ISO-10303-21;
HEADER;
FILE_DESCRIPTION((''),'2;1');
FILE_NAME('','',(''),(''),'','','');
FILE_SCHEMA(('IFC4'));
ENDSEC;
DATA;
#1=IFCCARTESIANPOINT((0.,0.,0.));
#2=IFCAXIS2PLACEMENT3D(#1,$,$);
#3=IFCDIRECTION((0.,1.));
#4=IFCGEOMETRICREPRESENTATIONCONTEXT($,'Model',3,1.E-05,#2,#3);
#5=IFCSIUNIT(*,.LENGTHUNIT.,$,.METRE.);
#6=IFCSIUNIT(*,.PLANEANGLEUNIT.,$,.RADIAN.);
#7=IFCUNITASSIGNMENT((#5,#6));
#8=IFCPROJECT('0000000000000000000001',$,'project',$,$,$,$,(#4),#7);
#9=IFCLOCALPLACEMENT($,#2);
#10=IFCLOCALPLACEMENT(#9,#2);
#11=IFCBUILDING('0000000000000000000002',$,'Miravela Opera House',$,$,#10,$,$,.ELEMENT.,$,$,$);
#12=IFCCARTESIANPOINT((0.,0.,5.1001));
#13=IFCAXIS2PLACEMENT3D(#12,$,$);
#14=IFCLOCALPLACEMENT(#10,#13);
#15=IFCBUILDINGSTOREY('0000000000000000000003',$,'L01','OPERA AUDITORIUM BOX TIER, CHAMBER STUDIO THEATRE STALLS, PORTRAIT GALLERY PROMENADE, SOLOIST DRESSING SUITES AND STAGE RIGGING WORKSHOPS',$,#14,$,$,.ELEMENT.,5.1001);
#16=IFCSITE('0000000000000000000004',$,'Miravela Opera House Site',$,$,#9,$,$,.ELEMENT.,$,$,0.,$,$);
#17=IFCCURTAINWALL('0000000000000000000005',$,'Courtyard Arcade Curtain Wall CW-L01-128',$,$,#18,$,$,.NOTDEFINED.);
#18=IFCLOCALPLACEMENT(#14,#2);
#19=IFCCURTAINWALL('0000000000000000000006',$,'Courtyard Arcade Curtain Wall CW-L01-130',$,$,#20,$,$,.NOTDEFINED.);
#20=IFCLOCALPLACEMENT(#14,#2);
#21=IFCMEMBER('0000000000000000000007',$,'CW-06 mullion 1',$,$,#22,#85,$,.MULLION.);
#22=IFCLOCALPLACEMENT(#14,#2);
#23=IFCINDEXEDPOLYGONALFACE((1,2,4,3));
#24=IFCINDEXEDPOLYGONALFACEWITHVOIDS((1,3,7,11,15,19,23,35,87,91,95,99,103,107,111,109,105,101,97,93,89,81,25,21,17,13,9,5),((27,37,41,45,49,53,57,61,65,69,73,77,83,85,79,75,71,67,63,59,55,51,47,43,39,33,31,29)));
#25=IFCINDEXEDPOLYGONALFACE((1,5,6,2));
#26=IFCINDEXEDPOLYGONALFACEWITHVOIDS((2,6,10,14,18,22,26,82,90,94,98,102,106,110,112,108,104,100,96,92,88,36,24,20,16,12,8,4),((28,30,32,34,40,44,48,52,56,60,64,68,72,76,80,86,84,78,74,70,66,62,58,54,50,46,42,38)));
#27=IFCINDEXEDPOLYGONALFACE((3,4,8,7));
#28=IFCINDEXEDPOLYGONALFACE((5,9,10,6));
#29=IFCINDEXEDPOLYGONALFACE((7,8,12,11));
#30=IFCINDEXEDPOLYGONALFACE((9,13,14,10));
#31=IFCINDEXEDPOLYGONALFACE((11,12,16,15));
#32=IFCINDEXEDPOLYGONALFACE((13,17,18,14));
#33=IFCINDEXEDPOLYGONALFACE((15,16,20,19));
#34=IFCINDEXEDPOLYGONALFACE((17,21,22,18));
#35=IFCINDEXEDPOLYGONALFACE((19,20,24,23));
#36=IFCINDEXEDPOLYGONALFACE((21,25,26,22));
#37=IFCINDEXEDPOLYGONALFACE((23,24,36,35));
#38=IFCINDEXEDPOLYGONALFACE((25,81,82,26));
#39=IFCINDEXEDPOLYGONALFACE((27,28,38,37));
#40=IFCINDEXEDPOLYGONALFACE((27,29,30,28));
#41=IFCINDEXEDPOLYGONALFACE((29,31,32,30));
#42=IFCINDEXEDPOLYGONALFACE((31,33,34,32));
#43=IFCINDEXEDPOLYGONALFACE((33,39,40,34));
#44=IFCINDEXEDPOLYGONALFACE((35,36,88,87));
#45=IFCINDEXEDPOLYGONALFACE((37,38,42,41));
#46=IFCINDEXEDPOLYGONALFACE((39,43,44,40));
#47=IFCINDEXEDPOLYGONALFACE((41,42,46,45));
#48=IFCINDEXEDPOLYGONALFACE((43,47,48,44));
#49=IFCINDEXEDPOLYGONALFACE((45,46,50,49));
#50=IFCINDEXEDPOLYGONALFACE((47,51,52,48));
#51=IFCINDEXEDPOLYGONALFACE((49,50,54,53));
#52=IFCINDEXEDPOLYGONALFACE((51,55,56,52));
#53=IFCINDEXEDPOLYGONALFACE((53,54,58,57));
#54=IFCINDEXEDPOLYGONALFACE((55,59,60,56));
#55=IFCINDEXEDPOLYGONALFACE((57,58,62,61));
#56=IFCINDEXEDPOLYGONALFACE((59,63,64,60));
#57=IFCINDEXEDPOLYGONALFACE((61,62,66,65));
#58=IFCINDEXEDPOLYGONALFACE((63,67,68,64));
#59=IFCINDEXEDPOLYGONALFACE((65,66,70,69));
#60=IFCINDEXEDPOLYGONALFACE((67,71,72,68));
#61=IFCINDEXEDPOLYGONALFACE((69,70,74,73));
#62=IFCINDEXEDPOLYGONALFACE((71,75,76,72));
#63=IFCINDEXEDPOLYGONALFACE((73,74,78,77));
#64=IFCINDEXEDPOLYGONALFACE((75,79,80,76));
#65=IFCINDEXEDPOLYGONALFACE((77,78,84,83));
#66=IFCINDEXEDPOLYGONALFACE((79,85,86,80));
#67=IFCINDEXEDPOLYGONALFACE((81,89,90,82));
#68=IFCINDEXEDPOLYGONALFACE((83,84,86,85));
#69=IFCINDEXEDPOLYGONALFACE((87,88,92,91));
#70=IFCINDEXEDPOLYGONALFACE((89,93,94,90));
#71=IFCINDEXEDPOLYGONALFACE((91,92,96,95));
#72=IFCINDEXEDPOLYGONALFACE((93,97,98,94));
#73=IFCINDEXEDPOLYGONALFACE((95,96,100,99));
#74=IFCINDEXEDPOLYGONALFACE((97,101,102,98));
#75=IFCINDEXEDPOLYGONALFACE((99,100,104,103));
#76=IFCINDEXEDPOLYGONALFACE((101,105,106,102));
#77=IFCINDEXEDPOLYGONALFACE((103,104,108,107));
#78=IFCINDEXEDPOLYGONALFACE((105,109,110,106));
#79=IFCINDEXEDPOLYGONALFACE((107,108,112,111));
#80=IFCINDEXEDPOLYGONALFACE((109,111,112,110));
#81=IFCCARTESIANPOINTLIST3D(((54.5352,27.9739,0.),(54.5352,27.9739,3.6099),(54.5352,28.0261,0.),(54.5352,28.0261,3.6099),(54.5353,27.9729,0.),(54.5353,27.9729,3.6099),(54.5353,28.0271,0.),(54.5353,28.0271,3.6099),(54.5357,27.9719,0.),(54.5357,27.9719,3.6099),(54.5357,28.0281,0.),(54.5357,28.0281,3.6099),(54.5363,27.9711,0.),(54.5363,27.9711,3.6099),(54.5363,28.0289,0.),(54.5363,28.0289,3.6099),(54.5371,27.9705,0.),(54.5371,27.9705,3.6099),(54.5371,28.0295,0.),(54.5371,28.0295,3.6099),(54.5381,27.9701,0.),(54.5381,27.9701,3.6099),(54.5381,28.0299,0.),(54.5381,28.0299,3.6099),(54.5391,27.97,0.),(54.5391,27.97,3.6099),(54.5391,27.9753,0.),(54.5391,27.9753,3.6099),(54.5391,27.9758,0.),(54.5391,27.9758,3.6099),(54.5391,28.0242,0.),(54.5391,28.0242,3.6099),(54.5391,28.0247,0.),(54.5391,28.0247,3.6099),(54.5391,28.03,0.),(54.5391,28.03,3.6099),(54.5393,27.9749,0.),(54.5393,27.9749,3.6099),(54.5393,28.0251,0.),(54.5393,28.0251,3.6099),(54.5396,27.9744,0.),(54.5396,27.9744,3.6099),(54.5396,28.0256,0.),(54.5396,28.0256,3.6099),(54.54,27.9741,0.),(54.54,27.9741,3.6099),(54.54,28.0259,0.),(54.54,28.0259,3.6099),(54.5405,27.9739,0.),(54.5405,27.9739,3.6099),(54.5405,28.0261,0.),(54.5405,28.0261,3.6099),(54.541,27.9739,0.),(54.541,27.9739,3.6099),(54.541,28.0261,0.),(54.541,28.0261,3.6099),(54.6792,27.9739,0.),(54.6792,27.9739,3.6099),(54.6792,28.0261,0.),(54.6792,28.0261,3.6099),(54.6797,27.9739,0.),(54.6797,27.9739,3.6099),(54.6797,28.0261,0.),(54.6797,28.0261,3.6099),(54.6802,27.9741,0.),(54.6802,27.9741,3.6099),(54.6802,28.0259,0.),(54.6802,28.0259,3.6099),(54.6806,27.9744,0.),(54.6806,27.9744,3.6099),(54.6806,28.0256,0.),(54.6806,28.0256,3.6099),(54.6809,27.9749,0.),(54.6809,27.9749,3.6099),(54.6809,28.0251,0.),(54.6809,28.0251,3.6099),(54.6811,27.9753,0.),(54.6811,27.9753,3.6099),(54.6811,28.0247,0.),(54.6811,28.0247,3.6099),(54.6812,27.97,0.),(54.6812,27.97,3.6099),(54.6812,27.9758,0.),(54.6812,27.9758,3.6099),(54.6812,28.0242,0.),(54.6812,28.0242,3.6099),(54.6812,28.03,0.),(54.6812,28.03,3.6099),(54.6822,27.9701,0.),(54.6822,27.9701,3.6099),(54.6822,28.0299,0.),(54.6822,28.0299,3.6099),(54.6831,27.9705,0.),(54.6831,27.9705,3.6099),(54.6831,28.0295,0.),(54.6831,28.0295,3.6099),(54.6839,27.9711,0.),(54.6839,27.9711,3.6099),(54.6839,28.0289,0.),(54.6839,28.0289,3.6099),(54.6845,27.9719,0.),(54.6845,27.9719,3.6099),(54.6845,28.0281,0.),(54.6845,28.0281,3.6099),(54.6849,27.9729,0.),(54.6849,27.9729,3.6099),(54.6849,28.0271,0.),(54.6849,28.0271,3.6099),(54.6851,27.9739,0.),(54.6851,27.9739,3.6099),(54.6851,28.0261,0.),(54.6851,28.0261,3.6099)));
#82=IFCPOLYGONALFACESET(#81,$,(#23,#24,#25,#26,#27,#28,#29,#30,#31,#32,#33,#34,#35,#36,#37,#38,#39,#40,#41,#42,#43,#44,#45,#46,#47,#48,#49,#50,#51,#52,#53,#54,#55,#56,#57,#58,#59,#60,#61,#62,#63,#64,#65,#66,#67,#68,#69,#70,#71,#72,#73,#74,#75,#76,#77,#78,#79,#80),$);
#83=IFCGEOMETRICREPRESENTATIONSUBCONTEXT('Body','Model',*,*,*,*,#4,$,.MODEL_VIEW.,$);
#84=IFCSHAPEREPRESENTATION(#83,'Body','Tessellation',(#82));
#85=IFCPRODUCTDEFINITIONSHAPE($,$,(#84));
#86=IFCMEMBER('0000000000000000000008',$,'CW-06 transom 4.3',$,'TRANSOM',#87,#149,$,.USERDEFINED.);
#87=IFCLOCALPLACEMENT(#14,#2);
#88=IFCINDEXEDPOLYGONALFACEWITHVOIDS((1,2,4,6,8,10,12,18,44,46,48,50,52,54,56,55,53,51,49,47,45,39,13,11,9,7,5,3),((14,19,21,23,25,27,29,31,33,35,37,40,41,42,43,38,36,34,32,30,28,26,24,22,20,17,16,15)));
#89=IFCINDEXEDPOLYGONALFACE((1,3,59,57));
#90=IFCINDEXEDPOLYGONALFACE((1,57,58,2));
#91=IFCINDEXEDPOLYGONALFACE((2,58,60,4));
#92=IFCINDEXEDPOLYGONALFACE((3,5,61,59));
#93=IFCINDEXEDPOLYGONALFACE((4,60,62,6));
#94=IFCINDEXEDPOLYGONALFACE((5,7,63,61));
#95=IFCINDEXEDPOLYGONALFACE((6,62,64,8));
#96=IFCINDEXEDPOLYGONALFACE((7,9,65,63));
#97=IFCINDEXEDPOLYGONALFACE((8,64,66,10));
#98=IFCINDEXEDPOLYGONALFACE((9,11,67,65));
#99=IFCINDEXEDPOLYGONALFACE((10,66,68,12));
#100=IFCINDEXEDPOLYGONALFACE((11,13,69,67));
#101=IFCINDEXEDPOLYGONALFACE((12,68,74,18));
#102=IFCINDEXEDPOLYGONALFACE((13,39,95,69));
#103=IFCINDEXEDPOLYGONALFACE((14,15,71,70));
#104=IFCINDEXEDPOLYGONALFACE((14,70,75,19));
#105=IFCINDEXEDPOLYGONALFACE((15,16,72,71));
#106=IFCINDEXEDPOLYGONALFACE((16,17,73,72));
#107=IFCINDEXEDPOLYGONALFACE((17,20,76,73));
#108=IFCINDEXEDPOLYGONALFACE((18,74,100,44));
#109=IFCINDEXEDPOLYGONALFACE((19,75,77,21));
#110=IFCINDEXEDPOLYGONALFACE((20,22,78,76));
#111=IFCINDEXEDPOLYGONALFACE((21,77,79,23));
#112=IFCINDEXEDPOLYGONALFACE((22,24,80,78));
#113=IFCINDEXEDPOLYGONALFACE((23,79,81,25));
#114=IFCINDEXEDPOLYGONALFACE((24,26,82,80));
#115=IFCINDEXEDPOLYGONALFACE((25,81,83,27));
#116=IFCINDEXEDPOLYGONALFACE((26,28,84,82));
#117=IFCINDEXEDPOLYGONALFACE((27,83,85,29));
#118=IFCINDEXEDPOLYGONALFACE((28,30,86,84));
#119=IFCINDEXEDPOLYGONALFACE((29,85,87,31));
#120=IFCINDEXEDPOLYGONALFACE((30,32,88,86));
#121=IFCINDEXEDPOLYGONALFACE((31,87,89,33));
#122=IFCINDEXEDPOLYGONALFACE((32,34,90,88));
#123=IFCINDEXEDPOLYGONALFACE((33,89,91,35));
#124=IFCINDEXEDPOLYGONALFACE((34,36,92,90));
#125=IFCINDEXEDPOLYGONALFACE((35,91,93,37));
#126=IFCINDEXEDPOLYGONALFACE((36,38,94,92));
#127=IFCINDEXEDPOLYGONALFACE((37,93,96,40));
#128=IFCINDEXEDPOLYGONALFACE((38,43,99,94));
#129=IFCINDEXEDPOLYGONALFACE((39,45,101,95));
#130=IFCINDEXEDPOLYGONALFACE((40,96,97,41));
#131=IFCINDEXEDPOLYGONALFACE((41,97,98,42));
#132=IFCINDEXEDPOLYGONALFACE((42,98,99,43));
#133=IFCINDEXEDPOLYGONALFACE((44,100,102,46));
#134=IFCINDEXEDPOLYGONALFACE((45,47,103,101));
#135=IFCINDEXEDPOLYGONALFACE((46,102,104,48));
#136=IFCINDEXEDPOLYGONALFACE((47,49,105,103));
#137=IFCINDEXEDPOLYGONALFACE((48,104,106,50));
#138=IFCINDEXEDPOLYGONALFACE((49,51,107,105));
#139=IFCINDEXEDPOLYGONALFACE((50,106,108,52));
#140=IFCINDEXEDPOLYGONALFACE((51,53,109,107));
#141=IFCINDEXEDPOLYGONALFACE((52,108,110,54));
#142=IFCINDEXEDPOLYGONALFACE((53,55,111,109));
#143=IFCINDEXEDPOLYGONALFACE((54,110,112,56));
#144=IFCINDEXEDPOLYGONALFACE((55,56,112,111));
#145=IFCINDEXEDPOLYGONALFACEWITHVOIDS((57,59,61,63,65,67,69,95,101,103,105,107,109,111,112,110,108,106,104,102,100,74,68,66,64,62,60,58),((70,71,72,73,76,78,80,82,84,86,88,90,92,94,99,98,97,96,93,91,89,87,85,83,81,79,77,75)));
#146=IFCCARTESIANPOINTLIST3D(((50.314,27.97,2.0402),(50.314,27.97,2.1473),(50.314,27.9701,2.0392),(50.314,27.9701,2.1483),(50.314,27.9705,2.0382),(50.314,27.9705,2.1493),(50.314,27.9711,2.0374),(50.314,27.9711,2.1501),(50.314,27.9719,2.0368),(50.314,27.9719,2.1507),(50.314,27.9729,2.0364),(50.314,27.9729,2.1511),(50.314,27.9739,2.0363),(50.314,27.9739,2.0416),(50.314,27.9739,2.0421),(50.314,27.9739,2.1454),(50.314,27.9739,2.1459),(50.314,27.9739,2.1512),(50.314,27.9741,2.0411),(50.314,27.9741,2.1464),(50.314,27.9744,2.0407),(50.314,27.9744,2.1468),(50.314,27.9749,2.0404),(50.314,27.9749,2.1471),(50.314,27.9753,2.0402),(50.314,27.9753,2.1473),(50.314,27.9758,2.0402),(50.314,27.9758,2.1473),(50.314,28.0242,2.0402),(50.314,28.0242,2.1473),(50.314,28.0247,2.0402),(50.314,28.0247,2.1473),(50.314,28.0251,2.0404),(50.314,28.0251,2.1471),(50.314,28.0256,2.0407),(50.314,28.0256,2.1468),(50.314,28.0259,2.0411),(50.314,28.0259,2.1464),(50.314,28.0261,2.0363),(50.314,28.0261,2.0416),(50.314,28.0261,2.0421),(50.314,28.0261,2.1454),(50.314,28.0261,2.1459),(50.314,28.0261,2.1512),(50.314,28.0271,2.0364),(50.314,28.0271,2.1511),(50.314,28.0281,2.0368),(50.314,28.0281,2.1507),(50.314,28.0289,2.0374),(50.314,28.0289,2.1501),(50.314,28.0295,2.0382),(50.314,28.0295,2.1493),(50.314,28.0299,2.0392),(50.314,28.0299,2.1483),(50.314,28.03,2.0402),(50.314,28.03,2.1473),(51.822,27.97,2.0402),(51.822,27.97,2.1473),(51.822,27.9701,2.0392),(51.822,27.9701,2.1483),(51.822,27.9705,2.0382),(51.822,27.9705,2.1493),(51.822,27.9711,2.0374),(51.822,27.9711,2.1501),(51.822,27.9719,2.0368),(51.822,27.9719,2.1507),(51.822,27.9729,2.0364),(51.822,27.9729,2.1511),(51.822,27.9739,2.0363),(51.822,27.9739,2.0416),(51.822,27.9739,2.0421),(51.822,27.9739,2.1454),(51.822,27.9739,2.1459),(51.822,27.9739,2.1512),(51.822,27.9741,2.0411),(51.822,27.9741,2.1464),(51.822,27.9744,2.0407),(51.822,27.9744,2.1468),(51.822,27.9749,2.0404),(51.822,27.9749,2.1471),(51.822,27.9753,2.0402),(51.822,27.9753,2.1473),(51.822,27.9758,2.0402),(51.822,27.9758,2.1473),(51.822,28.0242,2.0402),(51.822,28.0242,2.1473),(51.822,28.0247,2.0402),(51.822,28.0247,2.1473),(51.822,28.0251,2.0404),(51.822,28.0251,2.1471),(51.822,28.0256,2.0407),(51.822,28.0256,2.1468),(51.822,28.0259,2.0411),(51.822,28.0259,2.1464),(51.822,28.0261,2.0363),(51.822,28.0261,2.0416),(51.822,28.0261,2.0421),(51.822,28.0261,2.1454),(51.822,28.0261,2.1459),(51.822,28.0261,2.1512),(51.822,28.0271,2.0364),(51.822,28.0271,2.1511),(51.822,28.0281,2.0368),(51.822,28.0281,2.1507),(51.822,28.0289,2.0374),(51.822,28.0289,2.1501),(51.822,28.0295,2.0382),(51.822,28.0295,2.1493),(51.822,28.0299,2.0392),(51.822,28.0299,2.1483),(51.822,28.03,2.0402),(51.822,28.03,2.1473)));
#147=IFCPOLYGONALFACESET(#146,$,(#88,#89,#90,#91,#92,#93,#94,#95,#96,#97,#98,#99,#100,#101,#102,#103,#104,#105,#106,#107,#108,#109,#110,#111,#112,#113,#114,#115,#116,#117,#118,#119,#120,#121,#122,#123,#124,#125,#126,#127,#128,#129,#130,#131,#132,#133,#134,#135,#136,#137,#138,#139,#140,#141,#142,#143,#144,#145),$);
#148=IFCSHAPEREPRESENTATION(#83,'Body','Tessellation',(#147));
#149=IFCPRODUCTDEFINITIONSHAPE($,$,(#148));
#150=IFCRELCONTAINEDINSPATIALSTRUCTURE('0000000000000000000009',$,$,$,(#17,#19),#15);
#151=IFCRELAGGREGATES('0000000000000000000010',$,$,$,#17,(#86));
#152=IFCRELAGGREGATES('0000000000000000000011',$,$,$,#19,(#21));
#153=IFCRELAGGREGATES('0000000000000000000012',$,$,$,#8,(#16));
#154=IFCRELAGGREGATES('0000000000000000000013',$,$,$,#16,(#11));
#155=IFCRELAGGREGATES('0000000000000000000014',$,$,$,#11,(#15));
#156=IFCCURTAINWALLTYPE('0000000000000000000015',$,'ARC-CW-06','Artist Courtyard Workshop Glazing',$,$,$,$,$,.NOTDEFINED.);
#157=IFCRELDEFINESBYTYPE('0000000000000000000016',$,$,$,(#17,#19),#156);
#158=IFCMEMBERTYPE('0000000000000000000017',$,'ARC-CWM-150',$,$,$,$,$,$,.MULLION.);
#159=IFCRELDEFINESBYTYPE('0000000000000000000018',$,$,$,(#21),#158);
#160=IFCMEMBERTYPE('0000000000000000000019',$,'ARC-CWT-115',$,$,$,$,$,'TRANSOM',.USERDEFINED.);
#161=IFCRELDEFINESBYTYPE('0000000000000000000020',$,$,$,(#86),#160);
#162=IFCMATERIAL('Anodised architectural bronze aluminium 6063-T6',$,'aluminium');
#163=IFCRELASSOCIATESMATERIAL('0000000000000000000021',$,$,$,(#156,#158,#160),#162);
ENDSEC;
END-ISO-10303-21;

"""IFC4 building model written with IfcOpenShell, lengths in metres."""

from ifc_helpers import new_model, si_unit, direction, frame, origin, origin_2d, place, context, subcontext, project, spatial, hollow_rectangle, extrude, material, material_profile, profile_set, type_object, element, aggregate, save


model = new_model("IFC4")

# Units and contexts
model_context = context("Model", 3, precision=1e-05, world=origin(), true_north=direction((0.0, 1.0)))
body_context = subcontext(model_context, "Body", "Model", "MODEL_VIEW")
ifc_project = project(units=[si_unit("LENGTHUNIT", "METRE"), si_unit("PLANEANGLEUNIT", "RADIAN")], contexts=[model_context])

# Site, building, storey
site_placement = place(None, origin())
site = spatial("IfcSite", under=ifc_project, at=site_placement, Name="Miravela Opera House Site", CompositionType="ELEMENT", RefElevation=0.0)
building_placement = place(site_placement, origin())
building = spatial("IfcBuilding", under=site, at=building_placement, Name="Miravela Opera House", CompositionType="ELEMENT")
storey_placement = place(building_placement, frame((0.0, 0.0, 5.1001)))
storey = spatial("IfcBuildingStorey", under=building, at=storey_placement, Name="L01", Description="OPERA AUDITORIUM BOX TIER, CHAMBER STUDIO THEATRE STALLS, PORTRAIT GALLERY PROMENADE, SOLOIST DRESSING SUITES AND STAGE RIGGING WORKSHOPS", CompositionType="ELEMENT", Elevation=5.1001)

# Curtain wall
ifc_material_1 = material(Name="Anodised architectural bronze aluminium 6063-T6", Category="aluminium")
curtain_wall_type = type_object("IfcCurtainWallType", Name="ARC-CW-06", Description="Artist Courtyard Workshop Glazing", PredefinedType="NOTDEFINED", material=ifc_material_1)
curtain_wall_1_placement = place(storey_placement, origin())
curtain_wall_1 = element("IfcCurtainWall", 1, at=curtain_wall_1_placement, inside=storey, type_object=curtain_wall_type, Name="Courtyard Arcade Curtain Wall CW-L01-128", PredefinedType="NOTDEFINED")
ifc_material_profile_1 = material_profile(ifc_material_1, hollow_rectangle(XDim=0.0601, YDim=0.1499, WallThickness=0.0039, InnerFilletRadius=0.002, OuterFilletRadius=0.0039, at=origin_2d()), Name="CWM-60X150")
ifc_profile_set_1 = profile_set([ifc_material_profile_1])
member_type_1 = type_object("IfcMemberType", Name="ARC-CWM-150", PredefinedType="MULLION", material=ifc_profile_set_1)

# Curtain wall, member
curtain_wall_2_placement = place(storey_placement, origin())
curtain_wall_2 = element("IfcCurtainWall", 2, at=curtain_wall_2_placement, inside=storey, type_object=curtain_wall_type, Name="Courtyard Arcade Curtain Wall CW-L01-130", PredefinedType="NOTDEFINED")
member_1_placement = place(storey_placement, frame((54.6101, 28.0, 0.0), z_axis=(0.0, 0.0, 1.0), x_axis=(0.0, 1.0, 0.0)))
member_1 = element("IfcMember", 3, at=member_1_placement, type_object=member_type_1, Name="CW-06 mullion 1", PredefinedType="MULLION", context=body_context, shape_type="SweptSolid", body=[
    extrude(hollow_rectangle(XDim=0.0601, YDim=0.1499, WallThickness=0.0039, InnerFilletRadius=0.002, OuterFilletRadius=0.0039, at=origin_2d()), origin(), (0.0, 0.0, 1.0), 3.6099),
])

# Member
ifc_material_profile_2 = material_profile(ifc_material_1, hollow_rectangle(XDim=0.0601, YDim=0.115, WallThickness=0.0039, InnerFilletRadius=0.002, OuterFilletRadius=0.0039, at=origin_2d()), Name="CWT-60X115")
ifc_profile_set_2 = profile_set([ifc_material_profile_2])
member_type_2 = type_object("IfcMemberType", Name="ARC-CWT-115", ElementType="TRANSOM", PredefinedType="USERDEFINED", material=ifc_profile_set_2)
member_2_placement = place(storey_placement, frame((50.314, 28.0, 2.0938), z_axis=(1.0, 0.0, 0.0), x_axis=(0.0, 1.0, 0.0)))
member_2 = element("IfcMember", 4, at=member_2_placement, type_object=member_type_2, Name="CW-06 transom 4.3", ObjectType="TRANSOM", PredefinedType="USERDEFINED", context=body_context, shape_type="SweptSolid", body=[
    extrude(hollow_rectangle(XDim=0.0601, YDim=0.115, WallThickness=0.0039, InnerFilletRadius=0.002, OuterFilletRadius=0.0039, at=origin_2d()), origin(), (0.0, 0.0, 1.0), 1.5081),
])

aggregate(curtain_wall_1, [member_2])
aggregate(curtain_wall_2, [member_1])

save(model, "model.ifc")
